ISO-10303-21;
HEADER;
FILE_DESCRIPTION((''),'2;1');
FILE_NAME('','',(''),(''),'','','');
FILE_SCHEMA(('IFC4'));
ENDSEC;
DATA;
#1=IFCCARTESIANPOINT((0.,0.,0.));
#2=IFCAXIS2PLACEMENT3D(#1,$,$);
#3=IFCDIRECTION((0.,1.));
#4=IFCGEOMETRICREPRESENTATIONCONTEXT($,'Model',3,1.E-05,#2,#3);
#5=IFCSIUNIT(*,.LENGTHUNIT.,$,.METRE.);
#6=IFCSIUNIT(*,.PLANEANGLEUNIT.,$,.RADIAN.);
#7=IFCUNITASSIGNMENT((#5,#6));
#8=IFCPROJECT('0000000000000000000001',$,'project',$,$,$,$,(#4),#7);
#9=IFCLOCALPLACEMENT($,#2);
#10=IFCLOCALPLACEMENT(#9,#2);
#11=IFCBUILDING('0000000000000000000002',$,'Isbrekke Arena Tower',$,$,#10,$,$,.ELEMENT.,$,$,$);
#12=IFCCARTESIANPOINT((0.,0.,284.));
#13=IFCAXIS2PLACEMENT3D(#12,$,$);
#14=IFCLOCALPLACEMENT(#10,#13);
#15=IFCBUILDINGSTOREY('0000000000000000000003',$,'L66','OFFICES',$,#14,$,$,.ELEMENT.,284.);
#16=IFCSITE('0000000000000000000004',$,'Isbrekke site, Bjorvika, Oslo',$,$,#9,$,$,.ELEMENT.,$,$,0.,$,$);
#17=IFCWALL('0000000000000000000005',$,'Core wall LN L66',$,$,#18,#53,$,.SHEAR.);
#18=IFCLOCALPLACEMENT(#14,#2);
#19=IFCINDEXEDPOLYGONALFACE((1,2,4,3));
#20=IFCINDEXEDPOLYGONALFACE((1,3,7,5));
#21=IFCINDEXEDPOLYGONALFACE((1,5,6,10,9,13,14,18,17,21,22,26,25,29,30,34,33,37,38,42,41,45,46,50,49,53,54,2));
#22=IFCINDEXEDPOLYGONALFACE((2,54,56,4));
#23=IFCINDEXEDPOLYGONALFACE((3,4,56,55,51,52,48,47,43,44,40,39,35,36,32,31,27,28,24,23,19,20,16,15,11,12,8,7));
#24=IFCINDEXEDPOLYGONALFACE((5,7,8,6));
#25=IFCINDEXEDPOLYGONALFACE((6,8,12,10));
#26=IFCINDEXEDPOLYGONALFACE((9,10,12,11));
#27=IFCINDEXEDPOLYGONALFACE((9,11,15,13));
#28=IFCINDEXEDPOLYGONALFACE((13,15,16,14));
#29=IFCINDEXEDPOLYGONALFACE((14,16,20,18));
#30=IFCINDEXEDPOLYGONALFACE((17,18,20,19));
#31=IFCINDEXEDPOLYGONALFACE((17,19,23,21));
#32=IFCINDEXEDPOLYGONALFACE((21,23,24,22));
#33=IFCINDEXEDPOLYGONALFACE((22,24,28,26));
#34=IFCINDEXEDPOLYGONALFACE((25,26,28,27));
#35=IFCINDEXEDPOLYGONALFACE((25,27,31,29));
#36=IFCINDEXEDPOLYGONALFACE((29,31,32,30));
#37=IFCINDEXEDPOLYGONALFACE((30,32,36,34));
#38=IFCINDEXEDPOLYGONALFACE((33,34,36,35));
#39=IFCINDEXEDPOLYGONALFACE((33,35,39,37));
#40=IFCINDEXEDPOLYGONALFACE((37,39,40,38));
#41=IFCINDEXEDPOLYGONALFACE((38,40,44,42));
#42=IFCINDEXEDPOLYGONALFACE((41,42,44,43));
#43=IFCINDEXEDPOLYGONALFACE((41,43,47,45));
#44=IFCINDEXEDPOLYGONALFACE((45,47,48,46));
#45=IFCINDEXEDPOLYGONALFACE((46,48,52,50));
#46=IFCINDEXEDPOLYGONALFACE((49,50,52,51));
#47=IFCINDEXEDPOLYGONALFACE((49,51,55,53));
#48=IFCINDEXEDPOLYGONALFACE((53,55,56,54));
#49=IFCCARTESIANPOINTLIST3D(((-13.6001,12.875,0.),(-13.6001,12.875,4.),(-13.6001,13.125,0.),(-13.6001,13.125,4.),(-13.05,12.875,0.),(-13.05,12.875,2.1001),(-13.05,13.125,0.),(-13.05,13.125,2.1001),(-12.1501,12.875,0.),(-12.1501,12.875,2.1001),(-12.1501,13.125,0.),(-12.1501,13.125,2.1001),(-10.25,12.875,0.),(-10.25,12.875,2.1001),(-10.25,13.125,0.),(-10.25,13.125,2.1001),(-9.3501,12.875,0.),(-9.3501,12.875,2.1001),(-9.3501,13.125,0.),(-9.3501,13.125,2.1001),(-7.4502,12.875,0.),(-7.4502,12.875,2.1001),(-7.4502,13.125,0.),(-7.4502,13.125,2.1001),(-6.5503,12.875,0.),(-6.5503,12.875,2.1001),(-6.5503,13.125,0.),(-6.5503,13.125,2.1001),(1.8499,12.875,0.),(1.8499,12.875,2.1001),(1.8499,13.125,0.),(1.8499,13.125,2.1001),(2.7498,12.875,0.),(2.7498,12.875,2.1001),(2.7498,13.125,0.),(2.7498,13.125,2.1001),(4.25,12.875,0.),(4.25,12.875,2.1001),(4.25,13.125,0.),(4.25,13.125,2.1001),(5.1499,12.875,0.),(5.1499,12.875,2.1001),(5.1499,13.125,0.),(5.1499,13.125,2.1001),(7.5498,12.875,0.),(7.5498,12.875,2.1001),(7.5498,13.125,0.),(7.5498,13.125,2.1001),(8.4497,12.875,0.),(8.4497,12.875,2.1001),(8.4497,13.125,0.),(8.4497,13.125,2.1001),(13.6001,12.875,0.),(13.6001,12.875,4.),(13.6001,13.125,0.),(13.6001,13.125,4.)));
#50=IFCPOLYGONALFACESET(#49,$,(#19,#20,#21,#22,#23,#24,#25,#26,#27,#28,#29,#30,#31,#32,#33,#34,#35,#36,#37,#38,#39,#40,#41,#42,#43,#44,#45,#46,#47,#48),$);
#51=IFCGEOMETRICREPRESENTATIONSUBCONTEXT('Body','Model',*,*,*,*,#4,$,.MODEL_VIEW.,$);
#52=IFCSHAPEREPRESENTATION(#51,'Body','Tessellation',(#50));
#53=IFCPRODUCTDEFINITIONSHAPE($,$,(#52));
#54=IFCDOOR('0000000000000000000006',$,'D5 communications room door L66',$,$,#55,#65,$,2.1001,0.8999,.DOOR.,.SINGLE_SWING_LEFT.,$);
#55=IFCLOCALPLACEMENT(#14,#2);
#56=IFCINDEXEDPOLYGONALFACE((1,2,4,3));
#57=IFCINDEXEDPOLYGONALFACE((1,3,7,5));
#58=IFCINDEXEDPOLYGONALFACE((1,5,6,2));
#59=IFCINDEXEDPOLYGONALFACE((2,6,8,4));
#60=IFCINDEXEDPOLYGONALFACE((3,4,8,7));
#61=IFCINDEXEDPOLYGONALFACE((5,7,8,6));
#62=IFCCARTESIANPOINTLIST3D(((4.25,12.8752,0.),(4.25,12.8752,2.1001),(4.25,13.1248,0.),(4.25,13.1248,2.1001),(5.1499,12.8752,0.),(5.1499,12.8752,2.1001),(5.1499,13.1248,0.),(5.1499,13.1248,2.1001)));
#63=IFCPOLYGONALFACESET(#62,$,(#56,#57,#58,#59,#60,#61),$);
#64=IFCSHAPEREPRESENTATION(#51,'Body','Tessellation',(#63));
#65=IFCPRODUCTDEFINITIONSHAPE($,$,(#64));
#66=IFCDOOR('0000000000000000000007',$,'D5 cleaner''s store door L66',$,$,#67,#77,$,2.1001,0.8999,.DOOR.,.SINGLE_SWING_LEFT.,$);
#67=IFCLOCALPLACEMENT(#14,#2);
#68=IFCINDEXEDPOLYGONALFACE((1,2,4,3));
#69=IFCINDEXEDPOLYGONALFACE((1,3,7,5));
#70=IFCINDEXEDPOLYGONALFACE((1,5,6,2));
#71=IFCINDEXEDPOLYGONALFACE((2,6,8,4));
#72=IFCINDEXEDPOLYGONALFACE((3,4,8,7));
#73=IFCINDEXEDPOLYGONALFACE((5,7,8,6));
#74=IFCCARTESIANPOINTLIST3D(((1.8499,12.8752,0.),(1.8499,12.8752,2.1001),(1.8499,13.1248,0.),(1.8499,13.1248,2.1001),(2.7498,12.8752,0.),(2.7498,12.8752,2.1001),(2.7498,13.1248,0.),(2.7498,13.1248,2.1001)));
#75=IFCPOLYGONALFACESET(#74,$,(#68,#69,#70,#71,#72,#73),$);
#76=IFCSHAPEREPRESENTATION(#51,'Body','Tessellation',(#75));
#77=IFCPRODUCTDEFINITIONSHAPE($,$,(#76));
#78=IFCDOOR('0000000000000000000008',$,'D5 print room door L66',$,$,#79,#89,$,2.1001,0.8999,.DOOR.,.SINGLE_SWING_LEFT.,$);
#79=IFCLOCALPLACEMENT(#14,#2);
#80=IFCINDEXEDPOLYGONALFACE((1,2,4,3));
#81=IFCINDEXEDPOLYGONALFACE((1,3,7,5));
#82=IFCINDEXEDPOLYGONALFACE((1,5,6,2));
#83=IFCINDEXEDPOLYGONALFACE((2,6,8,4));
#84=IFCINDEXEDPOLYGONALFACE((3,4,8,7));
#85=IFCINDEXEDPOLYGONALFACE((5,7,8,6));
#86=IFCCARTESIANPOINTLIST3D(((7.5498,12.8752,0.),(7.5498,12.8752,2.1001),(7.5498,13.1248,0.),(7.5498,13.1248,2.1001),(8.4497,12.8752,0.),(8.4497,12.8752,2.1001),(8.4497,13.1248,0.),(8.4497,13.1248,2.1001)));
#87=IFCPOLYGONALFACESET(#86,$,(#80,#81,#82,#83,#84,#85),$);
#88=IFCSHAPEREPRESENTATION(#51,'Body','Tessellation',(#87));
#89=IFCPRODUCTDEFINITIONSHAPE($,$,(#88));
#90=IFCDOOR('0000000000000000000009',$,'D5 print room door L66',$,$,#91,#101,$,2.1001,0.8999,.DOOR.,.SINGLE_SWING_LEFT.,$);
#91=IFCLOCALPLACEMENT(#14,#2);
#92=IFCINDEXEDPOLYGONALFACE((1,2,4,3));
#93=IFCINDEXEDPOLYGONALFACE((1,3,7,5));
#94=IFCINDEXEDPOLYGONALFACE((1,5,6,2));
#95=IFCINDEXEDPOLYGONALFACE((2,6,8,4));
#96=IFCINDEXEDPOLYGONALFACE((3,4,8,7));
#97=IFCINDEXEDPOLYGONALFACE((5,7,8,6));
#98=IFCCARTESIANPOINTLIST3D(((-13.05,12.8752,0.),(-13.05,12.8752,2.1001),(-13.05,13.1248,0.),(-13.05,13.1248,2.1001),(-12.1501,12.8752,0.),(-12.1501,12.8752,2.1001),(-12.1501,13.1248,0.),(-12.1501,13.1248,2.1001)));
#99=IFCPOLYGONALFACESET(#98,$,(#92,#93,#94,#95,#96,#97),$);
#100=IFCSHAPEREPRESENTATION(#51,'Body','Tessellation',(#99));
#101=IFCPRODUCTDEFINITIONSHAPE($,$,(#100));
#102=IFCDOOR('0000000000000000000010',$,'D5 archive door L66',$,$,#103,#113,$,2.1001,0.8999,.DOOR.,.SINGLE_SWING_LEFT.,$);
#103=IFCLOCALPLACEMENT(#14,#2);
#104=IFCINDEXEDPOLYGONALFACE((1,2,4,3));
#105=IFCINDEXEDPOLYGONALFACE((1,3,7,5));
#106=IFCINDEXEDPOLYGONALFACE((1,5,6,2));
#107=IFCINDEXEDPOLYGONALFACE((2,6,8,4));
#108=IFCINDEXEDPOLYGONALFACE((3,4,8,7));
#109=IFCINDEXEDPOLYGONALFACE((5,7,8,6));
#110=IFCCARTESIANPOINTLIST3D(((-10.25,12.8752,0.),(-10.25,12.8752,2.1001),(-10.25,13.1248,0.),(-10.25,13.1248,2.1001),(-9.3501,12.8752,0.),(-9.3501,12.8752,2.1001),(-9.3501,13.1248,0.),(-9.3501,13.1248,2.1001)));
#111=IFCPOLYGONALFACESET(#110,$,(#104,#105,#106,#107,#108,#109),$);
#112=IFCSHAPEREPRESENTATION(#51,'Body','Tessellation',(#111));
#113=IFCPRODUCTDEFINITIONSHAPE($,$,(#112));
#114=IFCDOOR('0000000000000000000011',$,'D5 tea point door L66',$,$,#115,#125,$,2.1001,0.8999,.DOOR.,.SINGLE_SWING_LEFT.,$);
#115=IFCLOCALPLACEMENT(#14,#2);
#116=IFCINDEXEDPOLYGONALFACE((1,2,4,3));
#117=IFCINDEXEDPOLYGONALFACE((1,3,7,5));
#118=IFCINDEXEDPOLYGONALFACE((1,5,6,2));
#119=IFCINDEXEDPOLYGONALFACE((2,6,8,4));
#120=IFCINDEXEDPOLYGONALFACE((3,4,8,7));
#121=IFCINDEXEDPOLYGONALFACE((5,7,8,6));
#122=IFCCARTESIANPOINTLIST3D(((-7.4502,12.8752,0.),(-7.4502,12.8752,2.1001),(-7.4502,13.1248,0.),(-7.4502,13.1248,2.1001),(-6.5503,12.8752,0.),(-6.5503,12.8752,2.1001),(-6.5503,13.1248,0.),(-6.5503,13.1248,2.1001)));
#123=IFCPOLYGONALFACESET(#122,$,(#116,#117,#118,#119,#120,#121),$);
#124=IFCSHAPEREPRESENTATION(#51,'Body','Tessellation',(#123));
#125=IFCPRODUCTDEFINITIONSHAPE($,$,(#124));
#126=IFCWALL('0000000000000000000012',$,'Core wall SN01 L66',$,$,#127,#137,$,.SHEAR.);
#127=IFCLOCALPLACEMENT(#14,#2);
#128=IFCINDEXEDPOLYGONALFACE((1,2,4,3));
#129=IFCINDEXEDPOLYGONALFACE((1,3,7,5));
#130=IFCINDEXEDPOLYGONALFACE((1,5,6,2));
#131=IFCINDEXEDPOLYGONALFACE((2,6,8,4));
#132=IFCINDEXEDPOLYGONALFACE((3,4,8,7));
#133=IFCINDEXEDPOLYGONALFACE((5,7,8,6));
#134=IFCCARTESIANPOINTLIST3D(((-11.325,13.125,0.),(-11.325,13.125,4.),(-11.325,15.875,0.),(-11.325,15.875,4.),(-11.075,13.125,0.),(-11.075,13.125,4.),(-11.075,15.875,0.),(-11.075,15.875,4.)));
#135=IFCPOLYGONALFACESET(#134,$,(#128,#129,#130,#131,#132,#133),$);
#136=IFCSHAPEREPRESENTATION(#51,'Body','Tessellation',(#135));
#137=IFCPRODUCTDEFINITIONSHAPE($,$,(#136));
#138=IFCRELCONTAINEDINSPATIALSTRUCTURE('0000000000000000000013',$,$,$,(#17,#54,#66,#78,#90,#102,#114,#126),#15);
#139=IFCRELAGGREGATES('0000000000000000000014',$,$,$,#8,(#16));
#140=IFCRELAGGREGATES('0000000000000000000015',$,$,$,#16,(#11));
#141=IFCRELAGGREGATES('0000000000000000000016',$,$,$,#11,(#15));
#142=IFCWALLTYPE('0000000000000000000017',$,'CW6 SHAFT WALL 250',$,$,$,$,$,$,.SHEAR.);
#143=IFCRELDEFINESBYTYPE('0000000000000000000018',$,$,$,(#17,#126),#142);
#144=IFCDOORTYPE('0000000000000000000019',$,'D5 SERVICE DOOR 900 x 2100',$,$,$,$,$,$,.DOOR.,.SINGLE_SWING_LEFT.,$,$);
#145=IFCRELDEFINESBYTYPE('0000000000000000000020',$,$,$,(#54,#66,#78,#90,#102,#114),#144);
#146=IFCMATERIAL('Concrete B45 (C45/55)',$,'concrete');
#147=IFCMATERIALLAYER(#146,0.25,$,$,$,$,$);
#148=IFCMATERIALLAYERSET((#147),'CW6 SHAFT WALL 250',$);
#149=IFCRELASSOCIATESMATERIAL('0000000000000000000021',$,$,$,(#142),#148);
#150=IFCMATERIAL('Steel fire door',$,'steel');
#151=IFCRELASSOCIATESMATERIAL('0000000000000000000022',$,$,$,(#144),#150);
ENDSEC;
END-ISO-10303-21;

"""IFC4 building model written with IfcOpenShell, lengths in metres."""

from ifc_helpers import new_model, si_unit, direction, frame, frame_2d, origin, place, context, subcontext, project, spatial, rectangle, extrude, material, layer, layer_set, type_object, element, fill, save


model = new_model("IFC4")

# Units and contexts
model_context = context("Model", 3, precision=1e-05, world=origin(), true_north=direction((0.0, 1.0)))
body_context = subcontext(model_context, "Body", "Model", "MODEL_VIEW")
ifc_project = project(units=[si_unit("LENGTHUNIT", "METRE"), si_unit("PLANEANGLEUNIT", "RADIAN")], contexts=[model_context])

# Site, building, storey
site_placement = place(None, origin())
site = spatial("IfcSite", under=ifc_project, at=site_placement, Name="Isbrekke site, Bjorvika, Oslo", CompositionType="ELEMENT", RefElevation=0.0)
building_placement = place(site_placement, origin())
building = spatial("IfcBuilding", under=site, at=building_placement, Name="Isbrekke Arena Tower", CompositionType="ELEMENT")
storey_placement = place(building_placement, frame((0.0, 0.0, 284.0)))
storey = spatial("IfcBuildingStorey", under=building, at=storey_placement, Name="L66", Description="OFFICES", CompositionType="ELEMENT", Elevation=284.0)

# Wall, openings, doors
ifc_material_1 = material(Name="Concrete B45 (C45/55)", Category="concrete")
ifc_layer_1 = layer(ifc_material_1, 0.25)
ifc_layer_set_1 = layer_set([ifc_layer_1], Name="CW6 SHAFT WALL 250")
wall_type_1 = type_object("IfcWallType", Name="CW6 SHAFT WALL 250", PredefinedType="SHEAR", material=ifc_layer_set_1)
ifc_material_2 = material(Name="Steel fire door", Category="steel")
door_type_1 = type_object("IfcDoorType", Name="D5 SERVICE DOOR 900 x 2100", OperationType="SINGLE_SWING_LEFT", PredefinedType="DOOR", material=ifc_material_2)
wall_1_placement = place(storey_placement, frame((-13.6001, 13.0, 0.0), z_axis=(0.0, 0.0, 1.0), x_axis=(1.0, 0.0, 0.0)))
wall_1 = element("IfcWall", 1, at=wall_1_placement, inside=storey, type_object=wall_type_1, Name="Core wall LN L66", PredefinedType="SHEAR", context=body_context, shape_type="SweptSolid", body=[
    extrude(rectangle(XDim=27.2002, YDim=0.25, at=frame_2d((13.6001, 0.0))), origin(), (0.0, 0.0, 1.0), 4.0),
])
opening_1_placement = place(wall_1_placement, frame((17.8501, 0.0, 0.0)))
opening_1 = element("IfcOpeningElement", 2, at=opening_1_placement, cuts=wall_1, PredefinedType="OPENING", context=body_context, shape_type="SweptSolid", body=[
    extrude(rectangle(XDim=0.8999, YDim=2.1001, at=frame_2d((0.45, 1.05))), frame((0.0, 0.1399, 0.0), z_axis=(0.0, -1.0, 0.0), x_axis=(1.0, 0.0, 0.0)), (0.0, 0.0, 1.0), 0.2798),
])
opening_2_placement = place(wall_1_placement, frame((15.45, 0.0, 0.0)))
opening_2 = element("IfcOpeningElement", 3, at=opening_2_placement, cuts=wall_1, PredefinedType="OPENING", context=body_context, shape_type="SweptSolid", body=[
    extrude(rectangle(XDim=0.8999, YDim=2.1001, at=frame_2d((0.45, 1.05))), frame((0.0, 0.1399, 0.0), z_axis=(0.0, -1.0, 0.0), x_axis=(1.0, 0.0, 0.0)), (0.0, 0.0, 1.0), 0.2798),
])
opening_3_placement = place(wall_1_placement, frame((21.1499, 0.0, 0.0)))
opening_3 = element("IfcOpeningElement", 4, at=opening_3_placement, cuts=wall_1, PredefinedType="OPENING", context=body_context, shape_type="SweptSolid", body=[
    extrude(rectangle(XDim=0.8999, YDim=2.1001, at=frame_2d((0.45, 1.05))), frame((0.0, 0.1399, 0.0), z_axis=(0.0, -1.0, 0.0), x_axis=(1.0, 0.0, 0.0)), (0.0, 0.0, 1.0), 0.2798),
])
opening_4_placement = place(wall_1_placement, frame((0.55, 0.0, 0.0)))
opening_4 = element("IfcOpeningElement", 5, at=opening_4_placement, cuts=wall_1, PredefinedType="OPENING", context=body_context, shape_type="SweptSolid", body=[
    extrude(rectangle(XDim=0.8999, YDim=2.1001, at=frame_2d((0.45, 1.05))), frame((0.0, 0.1399, 0.0), z_axis=(0.0, -1.0, 0.0), x_axis=(1.0, 0.0, 0.0)), (0.0, 0.0, 1.0), 0.2798),
])
opening_5_placement = place(wall_1_placement, frame((3.3501, 0.0, 0.0)))
opening_5 = element("IfcOpeningElement", 6, at=opening_5_placement, cuts=wall_1, PredefinedType="OPENING", context=body_context, shape_type="SweptSolid", body=[
    extrude(rectangle(XDim=0.8999, YDim=2.1001, at=frame_2d((0.45, 1.05))), frame((0.0, 0.1399, 0.0), z_axis=(0.0, -1.0, 0.0), x_axis=(1.0, 0.0, 0.0)), (0.0, 0.0, 1.0), 0.2798),
])
opening_6_placement = place(wall_1_placement, frame((6.1499, 0.0, 0.0)))
opening_6 = element("IfcOpeningElement", 7, at=opening_6_placement, cuts=wall_1, PredefinedType="OPENING", context=body_context, shape_type="SweptSolid", body=[
    extrude(rectangle(XDim=0.8999, YDim=2.1001, at=frame_2d((0.45, 1.05))), frame((0.0, 0.1399, 0.0), z_axis=(0.0, -1.0, 0.0), x_axis=(1.0, 0.0, 0.0)), (0.0, 0.0, 1.0), 0.2798),
])
door_1_placement = place(opening_1_placement, origin())
door_1 = element("IfcDoor", 8, at=door_1_placement, inside=storey, type_object=door_type_1, Name="D5 communications room door L66", OperationType="SINGLE_SWING_LEFT", OverallHeight=2.1001, OverallWidth=0.8999, PredefinedType="DOOR", context=body_context, shape_type="SweptSolid", body=[
    extrude(rectangle(XDim=0.8999, YDim=2.1001, at=frame_2d((0.45, 1.05))), frame((0.0, 0.1248, 0.0), z_axis=(0.0, -1.0, 0.0), x_axis=(1.0, 0.0, 0.0)), (0.0, 0.0, 1.0), 0.2495),
])
fill(opening_1, door_1)
door_2_placement = place(opening_2_placement, origin())
door_2 = element("IfcDoor", 9, at=door_2_placement, inside=storey, type_object=door_type_1, Name="D5 cleaner's store door L66", OperationType="SINGLE_SWING_LEFT", OverallHeight=2.1001, OverallWidth=0.8999, PredefinedType="DOOR", context=body_context, shape_type="SweptSolid", body=[
    extrude(rectangle(XDim=0.8999, YDim=2.1001, at=frame_2d((0.45, 1.05))), frame((0.0, 0.1248, 0.0), z_axis=(0.0, -1.0, 0.0), x_axis=(1.0, 0.0, 0.0)), (0.0, 0.0, 1.0), 0.2495),
])
fill(opening_2, door_2)
door_3_placement = place(opening_3_placement, origin())
door_3 = element("IfcDoor", 10, at=door_3_placement, inside=storey, type_object=door_type_1, Name="D5 print room door L66", OperationType="SINGLE_SWING_LEFT", OverallHeight=2.1001, OverallWidth=0.8999, PredefinedType="DOOR", context=body_context, shape_type="SweptSolid", body=[
    extrude(rectangle(XDim=0.8999, YDim=2.1001, at=frame_2d((0.45, 1.05))), frame((0.0, 0.1248, 0.0), z_axis=(0.0, -1.0, 0.0), x_axis=(1.0, 0.0, 0.0)), (0.0, 0.0, 1.0), 0.2495),
])
fill(opening_3, door_3)
door_4_placement = place(opening_4_placement, origin())
door_4 = element("IfcDoor", 11, at=door_4_placement, inside=storey, type_object=door_type_1, Name="D5 print room door L66", OperationType="SINGLE_SWING_LEFT", OverallHeight=2.1001, OverallWidth=0.8999, PredefinedType="DOOR", context=body_context, shape_type="SweptSolid", body=[
    extrude(rectangle(XDim=0.8999, YDim=2.1001, at=frame_2d((0.45, 1.05))), frame((0.0, 0.1248, 0.0), z_axis=(0.0, -1.0, 0.0), x_axis=(1.0, 0.0, 0.0)), (0.0, 0.0, 1.0), 0.2495),
])
fill(opening_4, door_4)
door_5_placement = place(opening_5_placement, origin())
door_5 = element("IfcDoor", 12, at=door_5_placement, inside=storey, type_object=door_type_1, Name="D5 archive door L66", OperationType="SINGLE_SWING_LEFT", OverallHeight=2.1001, OverallWidth=0.8999, PredefinedType="DOOR", context=body_context, shape_type="SweptSolid", body=[
    extrude(rectangle(XDim=0.8999, YDim=2.1001, at=frame_2d((0.45, 1.05))), frame((0.0, 0.1248, 0.0), z_axis=(0.0, -1.0, 0.0), x_axis=(1.0, 0.0, 0.0)), (0.0, 0.0, 1.0), 0.2495),
])
fill(opening_5, door_5)
door_6_placement = place(opening_6_placement, origin())
door_6 = element("IfcDoor", 13, at=door_6_placement, inside=storey, type_object=door_type_1, Name="D5 tea point door L66", OperationType="SINGLE_SWING_LEFT", OverallHeight=2.1001, OverallWidth=0.8999, PredefinedType="DOOR", context=body_context, shape_type="SweptSolid", body=[
    extrude(rectangle(XDim=0.8999, YDim=2.1001, at=frame_2d((0.45, 1.05))), frame((0.0, 0.1248, 0.0), z_axis=(0.0, -1.0, 0.0), x_axis=(1.0, 0.0, 0.0)), (0.0, 0.0, 1.0), 0.2495),
])
fill(opening_6, door_6)

# Wall
wall_2_placement = place(storey_placement, frame((-11.2, 13.125, 0.0), z_axis=(0.0, 0.0, 1.0), x_axis=(0.0, 1.0, 0.0)))
element("IfcWall", 14, at=wall_2_placement, inside=storey, type_object=wall_type_1, Name="Core wall SN01 L66", PredefinedType="SHEAR", context=body_context, shape_type="SweptSolid", body=[
    extrude(rectangle(XDim=2.75, YDim=0.25, at=frame_2d((1.375, 0.0))), origin(), (0.0, 0.0, 1.0), 4.0),
])

save(model, "model.ifc")
